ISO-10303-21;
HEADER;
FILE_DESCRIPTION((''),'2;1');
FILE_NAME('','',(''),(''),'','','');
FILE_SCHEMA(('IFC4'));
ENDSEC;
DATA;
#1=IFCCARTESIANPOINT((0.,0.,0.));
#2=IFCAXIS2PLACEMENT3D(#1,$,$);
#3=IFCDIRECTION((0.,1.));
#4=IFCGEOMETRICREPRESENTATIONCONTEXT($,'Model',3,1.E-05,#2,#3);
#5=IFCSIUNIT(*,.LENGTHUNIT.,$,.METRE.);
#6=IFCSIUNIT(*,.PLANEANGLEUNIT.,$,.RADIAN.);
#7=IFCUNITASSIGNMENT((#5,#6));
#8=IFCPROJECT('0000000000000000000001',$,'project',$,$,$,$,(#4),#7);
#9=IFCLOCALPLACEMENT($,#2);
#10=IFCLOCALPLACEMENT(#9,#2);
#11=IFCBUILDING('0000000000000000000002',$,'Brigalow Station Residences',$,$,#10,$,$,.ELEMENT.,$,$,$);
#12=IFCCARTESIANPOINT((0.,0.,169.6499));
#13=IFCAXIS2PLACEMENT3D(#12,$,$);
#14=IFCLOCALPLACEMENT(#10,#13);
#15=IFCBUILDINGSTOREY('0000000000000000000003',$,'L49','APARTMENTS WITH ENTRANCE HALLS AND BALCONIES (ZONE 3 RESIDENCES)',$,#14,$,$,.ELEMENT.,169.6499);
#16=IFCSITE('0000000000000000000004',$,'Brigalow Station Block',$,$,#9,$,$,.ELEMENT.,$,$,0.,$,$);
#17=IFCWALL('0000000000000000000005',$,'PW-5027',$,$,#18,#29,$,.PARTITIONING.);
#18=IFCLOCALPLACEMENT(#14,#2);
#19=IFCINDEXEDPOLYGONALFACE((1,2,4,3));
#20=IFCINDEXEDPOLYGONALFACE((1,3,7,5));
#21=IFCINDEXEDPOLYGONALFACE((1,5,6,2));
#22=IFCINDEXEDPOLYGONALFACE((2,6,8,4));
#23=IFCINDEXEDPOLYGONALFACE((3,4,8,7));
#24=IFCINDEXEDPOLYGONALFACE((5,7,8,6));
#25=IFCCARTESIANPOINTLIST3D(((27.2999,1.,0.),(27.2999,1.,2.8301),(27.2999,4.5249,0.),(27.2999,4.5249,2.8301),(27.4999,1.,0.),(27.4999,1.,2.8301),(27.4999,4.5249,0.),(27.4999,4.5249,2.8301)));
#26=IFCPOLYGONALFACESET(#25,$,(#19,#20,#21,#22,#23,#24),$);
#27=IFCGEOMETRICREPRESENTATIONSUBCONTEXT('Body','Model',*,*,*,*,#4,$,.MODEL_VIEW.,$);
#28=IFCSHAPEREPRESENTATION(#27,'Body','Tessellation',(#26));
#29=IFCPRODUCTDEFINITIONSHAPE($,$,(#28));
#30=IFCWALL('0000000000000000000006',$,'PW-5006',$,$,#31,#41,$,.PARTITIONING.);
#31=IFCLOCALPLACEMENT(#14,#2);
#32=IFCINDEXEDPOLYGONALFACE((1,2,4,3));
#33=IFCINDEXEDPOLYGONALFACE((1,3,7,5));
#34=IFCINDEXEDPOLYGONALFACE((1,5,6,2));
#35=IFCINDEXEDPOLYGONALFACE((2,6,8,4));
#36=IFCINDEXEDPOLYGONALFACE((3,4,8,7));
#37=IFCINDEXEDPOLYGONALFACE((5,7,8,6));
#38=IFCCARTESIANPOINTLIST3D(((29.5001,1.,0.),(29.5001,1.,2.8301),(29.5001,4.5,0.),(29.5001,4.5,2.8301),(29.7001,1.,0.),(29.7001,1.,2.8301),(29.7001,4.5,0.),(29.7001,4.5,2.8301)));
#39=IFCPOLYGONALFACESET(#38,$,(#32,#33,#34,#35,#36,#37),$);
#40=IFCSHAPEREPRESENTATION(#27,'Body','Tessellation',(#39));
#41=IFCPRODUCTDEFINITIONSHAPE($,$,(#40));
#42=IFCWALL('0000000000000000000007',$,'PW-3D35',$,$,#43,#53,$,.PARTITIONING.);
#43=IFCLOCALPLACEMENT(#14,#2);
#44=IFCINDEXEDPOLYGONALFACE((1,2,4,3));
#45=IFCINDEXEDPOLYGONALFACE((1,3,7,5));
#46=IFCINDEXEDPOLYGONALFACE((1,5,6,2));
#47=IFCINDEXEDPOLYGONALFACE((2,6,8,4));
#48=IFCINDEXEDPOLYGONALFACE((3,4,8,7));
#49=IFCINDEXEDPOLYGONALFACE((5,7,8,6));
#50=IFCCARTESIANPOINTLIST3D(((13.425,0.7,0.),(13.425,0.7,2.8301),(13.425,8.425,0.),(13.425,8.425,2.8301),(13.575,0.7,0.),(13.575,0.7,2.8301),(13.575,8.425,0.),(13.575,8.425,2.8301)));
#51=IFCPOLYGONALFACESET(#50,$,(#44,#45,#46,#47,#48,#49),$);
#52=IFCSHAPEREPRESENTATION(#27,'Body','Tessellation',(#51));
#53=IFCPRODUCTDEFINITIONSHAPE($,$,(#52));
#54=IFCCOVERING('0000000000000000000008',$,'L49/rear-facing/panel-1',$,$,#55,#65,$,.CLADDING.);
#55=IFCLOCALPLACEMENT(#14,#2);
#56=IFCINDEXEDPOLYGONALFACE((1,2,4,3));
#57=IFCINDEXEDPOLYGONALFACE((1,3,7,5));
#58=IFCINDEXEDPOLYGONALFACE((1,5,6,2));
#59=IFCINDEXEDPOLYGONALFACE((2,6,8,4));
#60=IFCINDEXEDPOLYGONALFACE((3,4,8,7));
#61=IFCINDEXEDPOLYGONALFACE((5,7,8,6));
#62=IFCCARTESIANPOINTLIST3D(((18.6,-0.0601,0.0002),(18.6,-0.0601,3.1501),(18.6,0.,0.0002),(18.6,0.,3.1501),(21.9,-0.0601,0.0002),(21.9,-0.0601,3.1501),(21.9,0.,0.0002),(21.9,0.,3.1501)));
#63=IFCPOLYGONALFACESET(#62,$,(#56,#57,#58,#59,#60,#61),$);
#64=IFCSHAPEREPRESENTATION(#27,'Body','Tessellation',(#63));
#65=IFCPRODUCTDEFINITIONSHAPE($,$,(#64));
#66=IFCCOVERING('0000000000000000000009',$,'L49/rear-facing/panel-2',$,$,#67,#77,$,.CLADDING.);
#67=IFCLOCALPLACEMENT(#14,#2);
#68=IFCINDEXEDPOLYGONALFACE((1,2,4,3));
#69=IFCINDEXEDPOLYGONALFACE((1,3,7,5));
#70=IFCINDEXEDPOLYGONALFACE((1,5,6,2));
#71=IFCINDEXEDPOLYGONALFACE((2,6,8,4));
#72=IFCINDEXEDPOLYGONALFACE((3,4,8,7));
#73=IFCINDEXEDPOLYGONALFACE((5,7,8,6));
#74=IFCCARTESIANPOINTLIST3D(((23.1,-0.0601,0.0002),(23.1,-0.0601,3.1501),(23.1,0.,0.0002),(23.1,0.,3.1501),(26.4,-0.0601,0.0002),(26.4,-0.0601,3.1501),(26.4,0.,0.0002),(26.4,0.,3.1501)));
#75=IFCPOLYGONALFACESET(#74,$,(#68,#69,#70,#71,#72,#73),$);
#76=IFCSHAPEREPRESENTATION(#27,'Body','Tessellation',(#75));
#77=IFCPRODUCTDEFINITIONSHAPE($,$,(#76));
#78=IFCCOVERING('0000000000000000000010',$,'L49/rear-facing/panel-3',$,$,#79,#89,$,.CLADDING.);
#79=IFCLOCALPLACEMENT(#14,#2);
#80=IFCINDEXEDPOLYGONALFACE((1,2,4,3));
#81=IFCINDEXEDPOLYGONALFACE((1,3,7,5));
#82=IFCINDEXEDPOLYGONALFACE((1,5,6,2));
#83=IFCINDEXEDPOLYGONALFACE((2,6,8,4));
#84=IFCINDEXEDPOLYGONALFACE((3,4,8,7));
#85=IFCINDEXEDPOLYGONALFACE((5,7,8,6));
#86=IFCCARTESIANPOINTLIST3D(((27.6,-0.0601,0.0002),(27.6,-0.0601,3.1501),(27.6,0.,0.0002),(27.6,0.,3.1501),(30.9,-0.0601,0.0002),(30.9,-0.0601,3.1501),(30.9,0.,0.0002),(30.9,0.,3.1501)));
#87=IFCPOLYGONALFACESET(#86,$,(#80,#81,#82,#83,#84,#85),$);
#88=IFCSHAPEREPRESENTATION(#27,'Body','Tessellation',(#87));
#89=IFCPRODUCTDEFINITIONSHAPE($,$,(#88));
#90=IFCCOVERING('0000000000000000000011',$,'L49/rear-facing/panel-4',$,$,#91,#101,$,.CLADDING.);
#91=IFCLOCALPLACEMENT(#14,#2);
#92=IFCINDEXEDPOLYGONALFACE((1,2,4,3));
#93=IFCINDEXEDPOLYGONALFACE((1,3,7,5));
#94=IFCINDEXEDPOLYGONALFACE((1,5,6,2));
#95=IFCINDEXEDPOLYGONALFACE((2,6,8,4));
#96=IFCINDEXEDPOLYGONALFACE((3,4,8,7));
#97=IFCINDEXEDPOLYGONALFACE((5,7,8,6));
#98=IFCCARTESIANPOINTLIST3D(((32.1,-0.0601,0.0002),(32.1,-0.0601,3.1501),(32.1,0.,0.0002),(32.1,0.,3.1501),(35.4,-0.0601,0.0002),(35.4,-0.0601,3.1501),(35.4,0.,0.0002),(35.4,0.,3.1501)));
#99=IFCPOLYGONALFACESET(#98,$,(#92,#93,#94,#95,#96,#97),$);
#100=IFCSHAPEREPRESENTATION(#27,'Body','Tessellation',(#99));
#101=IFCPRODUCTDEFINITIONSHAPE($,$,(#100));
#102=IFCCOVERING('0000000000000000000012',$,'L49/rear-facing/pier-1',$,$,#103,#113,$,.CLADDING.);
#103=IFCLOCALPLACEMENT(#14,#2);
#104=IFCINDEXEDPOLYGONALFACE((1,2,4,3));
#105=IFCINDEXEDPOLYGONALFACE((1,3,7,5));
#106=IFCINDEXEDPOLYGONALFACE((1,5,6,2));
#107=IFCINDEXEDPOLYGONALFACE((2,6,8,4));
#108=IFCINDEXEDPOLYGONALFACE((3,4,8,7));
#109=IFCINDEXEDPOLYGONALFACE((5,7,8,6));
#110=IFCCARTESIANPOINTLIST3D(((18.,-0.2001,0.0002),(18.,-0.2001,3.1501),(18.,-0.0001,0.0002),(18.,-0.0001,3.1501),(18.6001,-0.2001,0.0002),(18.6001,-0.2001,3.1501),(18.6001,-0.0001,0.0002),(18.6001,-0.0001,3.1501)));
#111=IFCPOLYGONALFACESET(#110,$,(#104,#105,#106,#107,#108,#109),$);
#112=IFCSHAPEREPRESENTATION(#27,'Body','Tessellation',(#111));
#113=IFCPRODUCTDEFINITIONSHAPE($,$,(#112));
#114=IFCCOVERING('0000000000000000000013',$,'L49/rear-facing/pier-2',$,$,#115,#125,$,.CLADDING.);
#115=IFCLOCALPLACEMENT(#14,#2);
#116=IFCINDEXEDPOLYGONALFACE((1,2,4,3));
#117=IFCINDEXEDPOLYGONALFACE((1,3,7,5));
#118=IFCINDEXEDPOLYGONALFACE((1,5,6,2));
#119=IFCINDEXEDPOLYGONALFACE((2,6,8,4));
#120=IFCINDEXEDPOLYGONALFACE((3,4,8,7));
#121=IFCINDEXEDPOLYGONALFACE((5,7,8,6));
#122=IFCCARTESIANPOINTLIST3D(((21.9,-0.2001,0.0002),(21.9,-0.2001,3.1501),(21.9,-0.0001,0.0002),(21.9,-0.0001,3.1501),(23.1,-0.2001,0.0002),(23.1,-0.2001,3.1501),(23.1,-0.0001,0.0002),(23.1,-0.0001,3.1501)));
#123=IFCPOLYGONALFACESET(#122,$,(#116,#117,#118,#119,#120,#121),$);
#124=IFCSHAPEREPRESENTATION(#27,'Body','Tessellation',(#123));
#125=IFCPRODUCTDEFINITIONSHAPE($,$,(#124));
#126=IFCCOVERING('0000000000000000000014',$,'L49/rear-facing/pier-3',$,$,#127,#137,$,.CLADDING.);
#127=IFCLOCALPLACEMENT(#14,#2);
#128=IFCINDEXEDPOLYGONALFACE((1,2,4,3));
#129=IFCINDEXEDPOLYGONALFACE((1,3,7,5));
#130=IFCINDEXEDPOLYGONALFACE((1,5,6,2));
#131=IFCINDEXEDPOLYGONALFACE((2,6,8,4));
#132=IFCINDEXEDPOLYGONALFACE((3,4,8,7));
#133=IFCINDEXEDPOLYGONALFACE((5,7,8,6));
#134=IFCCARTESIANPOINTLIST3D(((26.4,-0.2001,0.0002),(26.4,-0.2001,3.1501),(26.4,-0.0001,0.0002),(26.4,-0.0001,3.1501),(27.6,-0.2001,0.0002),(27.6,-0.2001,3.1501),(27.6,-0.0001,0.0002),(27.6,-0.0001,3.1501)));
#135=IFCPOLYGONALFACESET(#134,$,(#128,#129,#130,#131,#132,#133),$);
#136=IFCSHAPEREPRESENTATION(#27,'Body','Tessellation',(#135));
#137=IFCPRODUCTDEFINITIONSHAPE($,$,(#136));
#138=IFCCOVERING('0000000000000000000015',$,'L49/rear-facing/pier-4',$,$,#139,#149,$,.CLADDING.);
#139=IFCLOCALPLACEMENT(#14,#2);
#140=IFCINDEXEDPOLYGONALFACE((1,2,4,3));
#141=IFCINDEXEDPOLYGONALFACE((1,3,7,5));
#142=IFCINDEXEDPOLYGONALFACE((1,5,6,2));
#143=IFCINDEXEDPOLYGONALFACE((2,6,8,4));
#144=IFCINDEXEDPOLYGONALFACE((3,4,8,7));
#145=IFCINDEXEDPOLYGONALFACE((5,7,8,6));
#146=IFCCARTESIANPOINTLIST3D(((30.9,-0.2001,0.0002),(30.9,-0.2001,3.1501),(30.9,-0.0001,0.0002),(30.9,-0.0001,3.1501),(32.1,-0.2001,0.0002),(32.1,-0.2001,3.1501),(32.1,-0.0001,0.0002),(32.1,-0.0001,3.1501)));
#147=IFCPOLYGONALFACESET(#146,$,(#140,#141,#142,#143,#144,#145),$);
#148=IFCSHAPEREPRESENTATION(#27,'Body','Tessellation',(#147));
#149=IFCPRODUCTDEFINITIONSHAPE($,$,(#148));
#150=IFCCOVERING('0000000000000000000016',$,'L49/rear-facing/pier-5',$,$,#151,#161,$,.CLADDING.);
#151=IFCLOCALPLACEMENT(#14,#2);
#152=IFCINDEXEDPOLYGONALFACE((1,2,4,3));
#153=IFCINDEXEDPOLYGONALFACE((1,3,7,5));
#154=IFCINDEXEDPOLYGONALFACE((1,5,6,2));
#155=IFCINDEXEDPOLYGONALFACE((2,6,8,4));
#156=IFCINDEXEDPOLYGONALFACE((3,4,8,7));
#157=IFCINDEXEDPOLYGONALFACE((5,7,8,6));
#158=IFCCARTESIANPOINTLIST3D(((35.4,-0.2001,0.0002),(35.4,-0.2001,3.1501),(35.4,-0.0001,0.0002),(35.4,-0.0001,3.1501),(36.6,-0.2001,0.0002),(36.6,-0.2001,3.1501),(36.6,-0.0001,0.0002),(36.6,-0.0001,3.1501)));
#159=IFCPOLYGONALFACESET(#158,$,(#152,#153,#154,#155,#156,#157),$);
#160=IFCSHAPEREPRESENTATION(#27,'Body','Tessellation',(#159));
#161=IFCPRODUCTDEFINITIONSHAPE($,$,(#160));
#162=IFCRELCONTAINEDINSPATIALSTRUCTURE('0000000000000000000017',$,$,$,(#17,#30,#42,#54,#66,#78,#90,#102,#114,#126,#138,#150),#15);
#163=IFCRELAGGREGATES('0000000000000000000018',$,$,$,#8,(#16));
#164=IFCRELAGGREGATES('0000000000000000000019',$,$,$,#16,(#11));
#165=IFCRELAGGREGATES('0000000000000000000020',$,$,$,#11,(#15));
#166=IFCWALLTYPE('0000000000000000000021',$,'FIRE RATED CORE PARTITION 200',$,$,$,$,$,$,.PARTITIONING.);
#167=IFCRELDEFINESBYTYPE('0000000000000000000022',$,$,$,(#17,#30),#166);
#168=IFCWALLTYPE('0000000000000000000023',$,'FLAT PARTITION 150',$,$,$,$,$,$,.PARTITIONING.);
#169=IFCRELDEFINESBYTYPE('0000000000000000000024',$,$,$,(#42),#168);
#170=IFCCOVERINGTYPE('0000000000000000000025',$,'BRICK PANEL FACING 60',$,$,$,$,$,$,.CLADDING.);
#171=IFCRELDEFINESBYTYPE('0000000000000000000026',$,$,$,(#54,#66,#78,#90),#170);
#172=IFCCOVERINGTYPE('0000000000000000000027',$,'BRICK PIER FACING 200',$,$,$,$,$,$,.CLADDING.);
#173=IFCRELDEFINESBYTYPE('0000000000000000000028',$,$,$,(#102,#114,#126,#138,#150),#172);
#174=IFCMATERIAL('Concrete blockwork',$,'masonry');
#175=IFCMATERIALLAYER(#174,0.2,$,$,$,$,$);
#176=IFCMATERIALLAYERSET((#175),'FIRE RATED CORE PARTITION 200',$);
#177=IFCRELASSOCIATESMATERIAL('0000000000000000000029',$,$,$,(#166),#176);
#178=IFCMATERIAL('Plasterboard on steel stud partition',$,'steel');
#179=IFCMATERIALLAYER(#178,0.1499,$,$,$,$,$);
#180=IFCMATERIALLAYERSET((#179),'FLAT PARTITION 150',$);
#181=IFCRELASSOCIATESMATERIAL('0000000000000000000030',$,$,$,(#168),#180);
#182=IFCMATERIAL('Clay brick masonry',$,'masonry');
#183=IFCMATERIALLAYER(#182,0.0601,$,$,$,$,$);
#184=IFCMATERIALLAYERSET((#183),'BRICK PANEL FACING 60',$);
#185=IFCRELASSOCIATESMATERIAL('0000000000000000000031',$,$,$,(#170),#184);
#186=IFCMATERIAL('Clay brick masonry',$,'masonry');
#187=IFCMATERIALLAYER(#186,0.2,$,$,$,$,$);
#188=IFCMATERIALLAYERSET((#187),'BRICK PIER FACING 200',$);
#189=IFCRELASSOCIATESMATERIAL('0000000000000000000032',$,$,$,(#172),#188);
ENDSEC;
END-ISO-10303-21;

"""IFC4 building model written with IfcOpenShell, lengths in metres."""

from ifc_helpers import new_model, si_unit, direction, frame, frame_2d, origin, origin_2d, place, context, subcontext, project, spatial, rectangle, extrude, material, layer, layer_set, type_object, element, save


model = new_model("IFC4")

# Units and contexts
model_context = context("Model", 3, precision=1e-05, world=origin(), true_north=direction((0.0, 1.0)))
body_context = subcontext(model_context, "Body", "Model", "MODEL_VIEW")
ifc_project = project(units=[si_unit("LENGTHUNIT", "METRE"), si_unit("PLANEANGLEUNIT", "RADIAN")], contexts=[model_context])

# Site, building, storey
site_placement = place(None, origin())
site = spatial("IfcSite", under=ifc_project, at=site_placement, Name="Brigalow Station Block", CompositionType="ELEMENT", RefElevation=0.0)
building_placement = place(site_placement, origin())
building = spatial("IfcBuilding", under=site, at=building_placement, Name="Brigalow Station Residences", CompositionType="ELEMENT")
storey_placement = place(building_placement, frame((0.0, 0.0, 169.6499)))
storey = spatial("IfcBuildingStorey", under=building, at=storey_placement, Name="L49", Description="APARTMENTS WITH ENTRANCE HALLS AND BALCONIES (ZONE 3 RESIDENCES)", CompositionType="ELEMENT", Elevation=169.6499)

# Walls
ifc_material_1 = material(Name="Concrete blockwork", Category="masonry")
ifc_layer_1 = layer(ifc_material_1, 0.2)
ifc_layer_set_1 = layer_set([ifc_layer_1], Name="FIRE RATED CORE PARTITION 200")
wall_type_1 = type_object("IfcWallType", Name="FIRE RATED CORE PARTITION 200", PredefinedType="PARTITIONING", material=ifc_layer_set_1)
wall_1_placement = place(storey_placement, frame((27.3999, 1.0, 0.0), z_axis=(0.0, 0.0, 1.0), x_axis=(0.0, 1.0, 0.0)))
element("IfcWall", 1, at=wall_1_placement, inside=storey, type_object=wall_type_1, Name="PW-5027", PredefinedType="PARTITIONING", context=body_context, shape_type="SweptSolid", body=[
    extrude(rectangle(XDim=3.5249, YDim=0.2, at=frame_2d((1.7625, 0.0))), origin(), (0.0, 0.0, 1.0), 2.8301),
])
wall_2_placement = place(storey_placement, frame((29.6001, 1.0, 0.0), z_axis=(0.0, 0.0, 1.0), x_axis=(0.0, 1.0, 0.0)))
element("IfcWall", 2, at=wall_2_placement, inside=storey, type_object=wall_type_1, Name="PW-5006", PredefinedType="PARTITIONING", context=body_context, shape_type="SweptSolid", body=[
    extrude(rectangle(XDim=3.5, YDim=0.2, at=frame_2d((1.75, 0.0))), origin(), (0.0, 0.0, 1.0), 2.8301),
])
ifc_material_2 = material(Name="Plasterboard on steel stud partition", Category="steel")
ifc_layer_2 = layer(ifc_material_2, 0.1499)
ifc_layer_set_2 = layer_set([ifc_layer_2], Name="FLAT PARTITION 150")
wall_type_2 = type_object("IfcWallType", Name="FLAT PARTITION 150", PredefinedType="PARTITIONING", material=ifc_layer_set_2)
wall_3_placement = place(storey_placement, frame((13.5, 0.7, 0.0), z_axis=(0.0, 0.0, 1.0), x_axis=(0.0, 1.0, 0.0)))
element("IfcWall", 3, at=wall_3_placement, inside=storey, type_object=wall_type_2, Name="PW-3D35", PredefinedType="PARTITIONING", context=body_context, shape_type="SweptSolid", body=[
    extrude(rectangle(XDim=7.7251, YDim=0.1499, at=frame_2d((3.8625, 0.0))), origin(), (0.0, 0.0, 1.0), 2.8301),
])

# Coverings
ifc_material_3 = material(Name="Clay brick masonry", Category="masonry")
ifc_layer_3 = layer(ifc_material_3, 0.0601)
ifc_layer_set_3 = layer_set([ifc_layer_3], Name="BRICK PANEL FACING 60")
covering_type_1 = type_object("IfcCoveringType", Name="BRICK PANEL FACING 60", PredefinedType="CLADDING", material=ifc_layer_set_3)
for number, where, z_axis, x_axis, name in (
    (4, (20.25, -0.03, 0.0002), (0.0, 0.0, 1.0), (1.0, 0.0, 0.0), "L49/rear-facing/panel-1"),
    (5, (24.75, -0.03, 0.0002), (0.0, 0.0, 1.0), (1.0, 0.0, 0.0), "L49/rear-facing/panel-2"),
    (6, (29.25, -0.03, 0.0002), (0.0, 0.0, 1.0), (1.0, 0.0, 0.0), "L49/rear-facing/panel-3"),
    (7, (33.75, -0.03, 0.0002), (0.0, 0.0, 1.0), (1.0, 0.0, 0.0), "L49/rear-facing/panel-4"),
):
    element("IfcCovering", number, at=place(storey_placement, frame(where, z_axis=z_axis, x_axis=x_axis)), inside=storey, type_object=covering_type_1, Name=name, PredefinedType="CLADDING", context=body_context, shape_type="SweptSolid", body=[
        extrude(rectangle(XDim=3.3, YDim=0.0601, at=origin_2d()), origin(), (0.0, 0.0, 1.0), 3.1499),
    ])
ifc_material_4 = material(Name="Clay brick masonry", Category="masonry")
ifc_layer_4 = layer(ifc_material_4, 0.2)
ifc_layer_set_4 = layer_set([ifc_layer_4], Name="BRICK PIER FACING 200")
covering_type_2 = type_object("IfcCoveringType", Name="BRICK PIER FACING 200", PredefinedType="CLADDING", material=ifc_layer_set_4)
covering_placement = place(storey_placement, frame((18.3, -0.1001, 0.0002), z_axis=(0.0, 0.0, 1.0), x_axis=(1.0, 0.0, 0.0)))
element("IfcCovering", 8, at=covering_placement, inside=storey, type_object=covering_type_2, Name="L49/rear-facing/pier-1", PredefinedType="CLADDING", context=body_context, shape_type="SweptSolid", body=[
    extrude(rectangle(XDim=0.6001, YDim=0.2, at=origin_2d()), origin(), (0.0, 0.0, 1.0), 3.1499),
])
for number, where, z_axis, x_axis, name in (
    (9, (22.5, -0.1001, 0.0002), (0.0, 0.0, 1.0), (1.0, 0.0, 0.0), "L49/rear-facing/pier-2"),
    (10, (27.0, -0.1001, 0.0002), (0.0, 0.0, 1.0), (1.0, 0.0, 0.0), "L49/rear-facing/pier-3"),
    (11, (31.5, -0.1001, 0.0002), (0.0, 0.0, 1.0), (1.0, 0.0, 0.0), "L49/rear-facing/pier-4"),
    (12, (36.0, -0.1001, 0.0002), (0.0, 0.0, 1.0), (1.0, 0.0, 0.0), "L49/rear-facing/pier-5"),
):
    element("IfcCovering", number, at=place(storey_placement, frame(where, z_axis=z_axis, x_axis=x_axis)), inside=storey, type_object=covering_type_2, Name=name, PredefinedType="CLADDING", context=body_context, shape_type="SweptSolid", body=[
        extrude(rectangle(XDim=1.2, YDim=0.2, at=origin_2d()), origin(), (0.0, 0.0, 1.0), 3.1499),
    ])

save(model, "model.ifc")
